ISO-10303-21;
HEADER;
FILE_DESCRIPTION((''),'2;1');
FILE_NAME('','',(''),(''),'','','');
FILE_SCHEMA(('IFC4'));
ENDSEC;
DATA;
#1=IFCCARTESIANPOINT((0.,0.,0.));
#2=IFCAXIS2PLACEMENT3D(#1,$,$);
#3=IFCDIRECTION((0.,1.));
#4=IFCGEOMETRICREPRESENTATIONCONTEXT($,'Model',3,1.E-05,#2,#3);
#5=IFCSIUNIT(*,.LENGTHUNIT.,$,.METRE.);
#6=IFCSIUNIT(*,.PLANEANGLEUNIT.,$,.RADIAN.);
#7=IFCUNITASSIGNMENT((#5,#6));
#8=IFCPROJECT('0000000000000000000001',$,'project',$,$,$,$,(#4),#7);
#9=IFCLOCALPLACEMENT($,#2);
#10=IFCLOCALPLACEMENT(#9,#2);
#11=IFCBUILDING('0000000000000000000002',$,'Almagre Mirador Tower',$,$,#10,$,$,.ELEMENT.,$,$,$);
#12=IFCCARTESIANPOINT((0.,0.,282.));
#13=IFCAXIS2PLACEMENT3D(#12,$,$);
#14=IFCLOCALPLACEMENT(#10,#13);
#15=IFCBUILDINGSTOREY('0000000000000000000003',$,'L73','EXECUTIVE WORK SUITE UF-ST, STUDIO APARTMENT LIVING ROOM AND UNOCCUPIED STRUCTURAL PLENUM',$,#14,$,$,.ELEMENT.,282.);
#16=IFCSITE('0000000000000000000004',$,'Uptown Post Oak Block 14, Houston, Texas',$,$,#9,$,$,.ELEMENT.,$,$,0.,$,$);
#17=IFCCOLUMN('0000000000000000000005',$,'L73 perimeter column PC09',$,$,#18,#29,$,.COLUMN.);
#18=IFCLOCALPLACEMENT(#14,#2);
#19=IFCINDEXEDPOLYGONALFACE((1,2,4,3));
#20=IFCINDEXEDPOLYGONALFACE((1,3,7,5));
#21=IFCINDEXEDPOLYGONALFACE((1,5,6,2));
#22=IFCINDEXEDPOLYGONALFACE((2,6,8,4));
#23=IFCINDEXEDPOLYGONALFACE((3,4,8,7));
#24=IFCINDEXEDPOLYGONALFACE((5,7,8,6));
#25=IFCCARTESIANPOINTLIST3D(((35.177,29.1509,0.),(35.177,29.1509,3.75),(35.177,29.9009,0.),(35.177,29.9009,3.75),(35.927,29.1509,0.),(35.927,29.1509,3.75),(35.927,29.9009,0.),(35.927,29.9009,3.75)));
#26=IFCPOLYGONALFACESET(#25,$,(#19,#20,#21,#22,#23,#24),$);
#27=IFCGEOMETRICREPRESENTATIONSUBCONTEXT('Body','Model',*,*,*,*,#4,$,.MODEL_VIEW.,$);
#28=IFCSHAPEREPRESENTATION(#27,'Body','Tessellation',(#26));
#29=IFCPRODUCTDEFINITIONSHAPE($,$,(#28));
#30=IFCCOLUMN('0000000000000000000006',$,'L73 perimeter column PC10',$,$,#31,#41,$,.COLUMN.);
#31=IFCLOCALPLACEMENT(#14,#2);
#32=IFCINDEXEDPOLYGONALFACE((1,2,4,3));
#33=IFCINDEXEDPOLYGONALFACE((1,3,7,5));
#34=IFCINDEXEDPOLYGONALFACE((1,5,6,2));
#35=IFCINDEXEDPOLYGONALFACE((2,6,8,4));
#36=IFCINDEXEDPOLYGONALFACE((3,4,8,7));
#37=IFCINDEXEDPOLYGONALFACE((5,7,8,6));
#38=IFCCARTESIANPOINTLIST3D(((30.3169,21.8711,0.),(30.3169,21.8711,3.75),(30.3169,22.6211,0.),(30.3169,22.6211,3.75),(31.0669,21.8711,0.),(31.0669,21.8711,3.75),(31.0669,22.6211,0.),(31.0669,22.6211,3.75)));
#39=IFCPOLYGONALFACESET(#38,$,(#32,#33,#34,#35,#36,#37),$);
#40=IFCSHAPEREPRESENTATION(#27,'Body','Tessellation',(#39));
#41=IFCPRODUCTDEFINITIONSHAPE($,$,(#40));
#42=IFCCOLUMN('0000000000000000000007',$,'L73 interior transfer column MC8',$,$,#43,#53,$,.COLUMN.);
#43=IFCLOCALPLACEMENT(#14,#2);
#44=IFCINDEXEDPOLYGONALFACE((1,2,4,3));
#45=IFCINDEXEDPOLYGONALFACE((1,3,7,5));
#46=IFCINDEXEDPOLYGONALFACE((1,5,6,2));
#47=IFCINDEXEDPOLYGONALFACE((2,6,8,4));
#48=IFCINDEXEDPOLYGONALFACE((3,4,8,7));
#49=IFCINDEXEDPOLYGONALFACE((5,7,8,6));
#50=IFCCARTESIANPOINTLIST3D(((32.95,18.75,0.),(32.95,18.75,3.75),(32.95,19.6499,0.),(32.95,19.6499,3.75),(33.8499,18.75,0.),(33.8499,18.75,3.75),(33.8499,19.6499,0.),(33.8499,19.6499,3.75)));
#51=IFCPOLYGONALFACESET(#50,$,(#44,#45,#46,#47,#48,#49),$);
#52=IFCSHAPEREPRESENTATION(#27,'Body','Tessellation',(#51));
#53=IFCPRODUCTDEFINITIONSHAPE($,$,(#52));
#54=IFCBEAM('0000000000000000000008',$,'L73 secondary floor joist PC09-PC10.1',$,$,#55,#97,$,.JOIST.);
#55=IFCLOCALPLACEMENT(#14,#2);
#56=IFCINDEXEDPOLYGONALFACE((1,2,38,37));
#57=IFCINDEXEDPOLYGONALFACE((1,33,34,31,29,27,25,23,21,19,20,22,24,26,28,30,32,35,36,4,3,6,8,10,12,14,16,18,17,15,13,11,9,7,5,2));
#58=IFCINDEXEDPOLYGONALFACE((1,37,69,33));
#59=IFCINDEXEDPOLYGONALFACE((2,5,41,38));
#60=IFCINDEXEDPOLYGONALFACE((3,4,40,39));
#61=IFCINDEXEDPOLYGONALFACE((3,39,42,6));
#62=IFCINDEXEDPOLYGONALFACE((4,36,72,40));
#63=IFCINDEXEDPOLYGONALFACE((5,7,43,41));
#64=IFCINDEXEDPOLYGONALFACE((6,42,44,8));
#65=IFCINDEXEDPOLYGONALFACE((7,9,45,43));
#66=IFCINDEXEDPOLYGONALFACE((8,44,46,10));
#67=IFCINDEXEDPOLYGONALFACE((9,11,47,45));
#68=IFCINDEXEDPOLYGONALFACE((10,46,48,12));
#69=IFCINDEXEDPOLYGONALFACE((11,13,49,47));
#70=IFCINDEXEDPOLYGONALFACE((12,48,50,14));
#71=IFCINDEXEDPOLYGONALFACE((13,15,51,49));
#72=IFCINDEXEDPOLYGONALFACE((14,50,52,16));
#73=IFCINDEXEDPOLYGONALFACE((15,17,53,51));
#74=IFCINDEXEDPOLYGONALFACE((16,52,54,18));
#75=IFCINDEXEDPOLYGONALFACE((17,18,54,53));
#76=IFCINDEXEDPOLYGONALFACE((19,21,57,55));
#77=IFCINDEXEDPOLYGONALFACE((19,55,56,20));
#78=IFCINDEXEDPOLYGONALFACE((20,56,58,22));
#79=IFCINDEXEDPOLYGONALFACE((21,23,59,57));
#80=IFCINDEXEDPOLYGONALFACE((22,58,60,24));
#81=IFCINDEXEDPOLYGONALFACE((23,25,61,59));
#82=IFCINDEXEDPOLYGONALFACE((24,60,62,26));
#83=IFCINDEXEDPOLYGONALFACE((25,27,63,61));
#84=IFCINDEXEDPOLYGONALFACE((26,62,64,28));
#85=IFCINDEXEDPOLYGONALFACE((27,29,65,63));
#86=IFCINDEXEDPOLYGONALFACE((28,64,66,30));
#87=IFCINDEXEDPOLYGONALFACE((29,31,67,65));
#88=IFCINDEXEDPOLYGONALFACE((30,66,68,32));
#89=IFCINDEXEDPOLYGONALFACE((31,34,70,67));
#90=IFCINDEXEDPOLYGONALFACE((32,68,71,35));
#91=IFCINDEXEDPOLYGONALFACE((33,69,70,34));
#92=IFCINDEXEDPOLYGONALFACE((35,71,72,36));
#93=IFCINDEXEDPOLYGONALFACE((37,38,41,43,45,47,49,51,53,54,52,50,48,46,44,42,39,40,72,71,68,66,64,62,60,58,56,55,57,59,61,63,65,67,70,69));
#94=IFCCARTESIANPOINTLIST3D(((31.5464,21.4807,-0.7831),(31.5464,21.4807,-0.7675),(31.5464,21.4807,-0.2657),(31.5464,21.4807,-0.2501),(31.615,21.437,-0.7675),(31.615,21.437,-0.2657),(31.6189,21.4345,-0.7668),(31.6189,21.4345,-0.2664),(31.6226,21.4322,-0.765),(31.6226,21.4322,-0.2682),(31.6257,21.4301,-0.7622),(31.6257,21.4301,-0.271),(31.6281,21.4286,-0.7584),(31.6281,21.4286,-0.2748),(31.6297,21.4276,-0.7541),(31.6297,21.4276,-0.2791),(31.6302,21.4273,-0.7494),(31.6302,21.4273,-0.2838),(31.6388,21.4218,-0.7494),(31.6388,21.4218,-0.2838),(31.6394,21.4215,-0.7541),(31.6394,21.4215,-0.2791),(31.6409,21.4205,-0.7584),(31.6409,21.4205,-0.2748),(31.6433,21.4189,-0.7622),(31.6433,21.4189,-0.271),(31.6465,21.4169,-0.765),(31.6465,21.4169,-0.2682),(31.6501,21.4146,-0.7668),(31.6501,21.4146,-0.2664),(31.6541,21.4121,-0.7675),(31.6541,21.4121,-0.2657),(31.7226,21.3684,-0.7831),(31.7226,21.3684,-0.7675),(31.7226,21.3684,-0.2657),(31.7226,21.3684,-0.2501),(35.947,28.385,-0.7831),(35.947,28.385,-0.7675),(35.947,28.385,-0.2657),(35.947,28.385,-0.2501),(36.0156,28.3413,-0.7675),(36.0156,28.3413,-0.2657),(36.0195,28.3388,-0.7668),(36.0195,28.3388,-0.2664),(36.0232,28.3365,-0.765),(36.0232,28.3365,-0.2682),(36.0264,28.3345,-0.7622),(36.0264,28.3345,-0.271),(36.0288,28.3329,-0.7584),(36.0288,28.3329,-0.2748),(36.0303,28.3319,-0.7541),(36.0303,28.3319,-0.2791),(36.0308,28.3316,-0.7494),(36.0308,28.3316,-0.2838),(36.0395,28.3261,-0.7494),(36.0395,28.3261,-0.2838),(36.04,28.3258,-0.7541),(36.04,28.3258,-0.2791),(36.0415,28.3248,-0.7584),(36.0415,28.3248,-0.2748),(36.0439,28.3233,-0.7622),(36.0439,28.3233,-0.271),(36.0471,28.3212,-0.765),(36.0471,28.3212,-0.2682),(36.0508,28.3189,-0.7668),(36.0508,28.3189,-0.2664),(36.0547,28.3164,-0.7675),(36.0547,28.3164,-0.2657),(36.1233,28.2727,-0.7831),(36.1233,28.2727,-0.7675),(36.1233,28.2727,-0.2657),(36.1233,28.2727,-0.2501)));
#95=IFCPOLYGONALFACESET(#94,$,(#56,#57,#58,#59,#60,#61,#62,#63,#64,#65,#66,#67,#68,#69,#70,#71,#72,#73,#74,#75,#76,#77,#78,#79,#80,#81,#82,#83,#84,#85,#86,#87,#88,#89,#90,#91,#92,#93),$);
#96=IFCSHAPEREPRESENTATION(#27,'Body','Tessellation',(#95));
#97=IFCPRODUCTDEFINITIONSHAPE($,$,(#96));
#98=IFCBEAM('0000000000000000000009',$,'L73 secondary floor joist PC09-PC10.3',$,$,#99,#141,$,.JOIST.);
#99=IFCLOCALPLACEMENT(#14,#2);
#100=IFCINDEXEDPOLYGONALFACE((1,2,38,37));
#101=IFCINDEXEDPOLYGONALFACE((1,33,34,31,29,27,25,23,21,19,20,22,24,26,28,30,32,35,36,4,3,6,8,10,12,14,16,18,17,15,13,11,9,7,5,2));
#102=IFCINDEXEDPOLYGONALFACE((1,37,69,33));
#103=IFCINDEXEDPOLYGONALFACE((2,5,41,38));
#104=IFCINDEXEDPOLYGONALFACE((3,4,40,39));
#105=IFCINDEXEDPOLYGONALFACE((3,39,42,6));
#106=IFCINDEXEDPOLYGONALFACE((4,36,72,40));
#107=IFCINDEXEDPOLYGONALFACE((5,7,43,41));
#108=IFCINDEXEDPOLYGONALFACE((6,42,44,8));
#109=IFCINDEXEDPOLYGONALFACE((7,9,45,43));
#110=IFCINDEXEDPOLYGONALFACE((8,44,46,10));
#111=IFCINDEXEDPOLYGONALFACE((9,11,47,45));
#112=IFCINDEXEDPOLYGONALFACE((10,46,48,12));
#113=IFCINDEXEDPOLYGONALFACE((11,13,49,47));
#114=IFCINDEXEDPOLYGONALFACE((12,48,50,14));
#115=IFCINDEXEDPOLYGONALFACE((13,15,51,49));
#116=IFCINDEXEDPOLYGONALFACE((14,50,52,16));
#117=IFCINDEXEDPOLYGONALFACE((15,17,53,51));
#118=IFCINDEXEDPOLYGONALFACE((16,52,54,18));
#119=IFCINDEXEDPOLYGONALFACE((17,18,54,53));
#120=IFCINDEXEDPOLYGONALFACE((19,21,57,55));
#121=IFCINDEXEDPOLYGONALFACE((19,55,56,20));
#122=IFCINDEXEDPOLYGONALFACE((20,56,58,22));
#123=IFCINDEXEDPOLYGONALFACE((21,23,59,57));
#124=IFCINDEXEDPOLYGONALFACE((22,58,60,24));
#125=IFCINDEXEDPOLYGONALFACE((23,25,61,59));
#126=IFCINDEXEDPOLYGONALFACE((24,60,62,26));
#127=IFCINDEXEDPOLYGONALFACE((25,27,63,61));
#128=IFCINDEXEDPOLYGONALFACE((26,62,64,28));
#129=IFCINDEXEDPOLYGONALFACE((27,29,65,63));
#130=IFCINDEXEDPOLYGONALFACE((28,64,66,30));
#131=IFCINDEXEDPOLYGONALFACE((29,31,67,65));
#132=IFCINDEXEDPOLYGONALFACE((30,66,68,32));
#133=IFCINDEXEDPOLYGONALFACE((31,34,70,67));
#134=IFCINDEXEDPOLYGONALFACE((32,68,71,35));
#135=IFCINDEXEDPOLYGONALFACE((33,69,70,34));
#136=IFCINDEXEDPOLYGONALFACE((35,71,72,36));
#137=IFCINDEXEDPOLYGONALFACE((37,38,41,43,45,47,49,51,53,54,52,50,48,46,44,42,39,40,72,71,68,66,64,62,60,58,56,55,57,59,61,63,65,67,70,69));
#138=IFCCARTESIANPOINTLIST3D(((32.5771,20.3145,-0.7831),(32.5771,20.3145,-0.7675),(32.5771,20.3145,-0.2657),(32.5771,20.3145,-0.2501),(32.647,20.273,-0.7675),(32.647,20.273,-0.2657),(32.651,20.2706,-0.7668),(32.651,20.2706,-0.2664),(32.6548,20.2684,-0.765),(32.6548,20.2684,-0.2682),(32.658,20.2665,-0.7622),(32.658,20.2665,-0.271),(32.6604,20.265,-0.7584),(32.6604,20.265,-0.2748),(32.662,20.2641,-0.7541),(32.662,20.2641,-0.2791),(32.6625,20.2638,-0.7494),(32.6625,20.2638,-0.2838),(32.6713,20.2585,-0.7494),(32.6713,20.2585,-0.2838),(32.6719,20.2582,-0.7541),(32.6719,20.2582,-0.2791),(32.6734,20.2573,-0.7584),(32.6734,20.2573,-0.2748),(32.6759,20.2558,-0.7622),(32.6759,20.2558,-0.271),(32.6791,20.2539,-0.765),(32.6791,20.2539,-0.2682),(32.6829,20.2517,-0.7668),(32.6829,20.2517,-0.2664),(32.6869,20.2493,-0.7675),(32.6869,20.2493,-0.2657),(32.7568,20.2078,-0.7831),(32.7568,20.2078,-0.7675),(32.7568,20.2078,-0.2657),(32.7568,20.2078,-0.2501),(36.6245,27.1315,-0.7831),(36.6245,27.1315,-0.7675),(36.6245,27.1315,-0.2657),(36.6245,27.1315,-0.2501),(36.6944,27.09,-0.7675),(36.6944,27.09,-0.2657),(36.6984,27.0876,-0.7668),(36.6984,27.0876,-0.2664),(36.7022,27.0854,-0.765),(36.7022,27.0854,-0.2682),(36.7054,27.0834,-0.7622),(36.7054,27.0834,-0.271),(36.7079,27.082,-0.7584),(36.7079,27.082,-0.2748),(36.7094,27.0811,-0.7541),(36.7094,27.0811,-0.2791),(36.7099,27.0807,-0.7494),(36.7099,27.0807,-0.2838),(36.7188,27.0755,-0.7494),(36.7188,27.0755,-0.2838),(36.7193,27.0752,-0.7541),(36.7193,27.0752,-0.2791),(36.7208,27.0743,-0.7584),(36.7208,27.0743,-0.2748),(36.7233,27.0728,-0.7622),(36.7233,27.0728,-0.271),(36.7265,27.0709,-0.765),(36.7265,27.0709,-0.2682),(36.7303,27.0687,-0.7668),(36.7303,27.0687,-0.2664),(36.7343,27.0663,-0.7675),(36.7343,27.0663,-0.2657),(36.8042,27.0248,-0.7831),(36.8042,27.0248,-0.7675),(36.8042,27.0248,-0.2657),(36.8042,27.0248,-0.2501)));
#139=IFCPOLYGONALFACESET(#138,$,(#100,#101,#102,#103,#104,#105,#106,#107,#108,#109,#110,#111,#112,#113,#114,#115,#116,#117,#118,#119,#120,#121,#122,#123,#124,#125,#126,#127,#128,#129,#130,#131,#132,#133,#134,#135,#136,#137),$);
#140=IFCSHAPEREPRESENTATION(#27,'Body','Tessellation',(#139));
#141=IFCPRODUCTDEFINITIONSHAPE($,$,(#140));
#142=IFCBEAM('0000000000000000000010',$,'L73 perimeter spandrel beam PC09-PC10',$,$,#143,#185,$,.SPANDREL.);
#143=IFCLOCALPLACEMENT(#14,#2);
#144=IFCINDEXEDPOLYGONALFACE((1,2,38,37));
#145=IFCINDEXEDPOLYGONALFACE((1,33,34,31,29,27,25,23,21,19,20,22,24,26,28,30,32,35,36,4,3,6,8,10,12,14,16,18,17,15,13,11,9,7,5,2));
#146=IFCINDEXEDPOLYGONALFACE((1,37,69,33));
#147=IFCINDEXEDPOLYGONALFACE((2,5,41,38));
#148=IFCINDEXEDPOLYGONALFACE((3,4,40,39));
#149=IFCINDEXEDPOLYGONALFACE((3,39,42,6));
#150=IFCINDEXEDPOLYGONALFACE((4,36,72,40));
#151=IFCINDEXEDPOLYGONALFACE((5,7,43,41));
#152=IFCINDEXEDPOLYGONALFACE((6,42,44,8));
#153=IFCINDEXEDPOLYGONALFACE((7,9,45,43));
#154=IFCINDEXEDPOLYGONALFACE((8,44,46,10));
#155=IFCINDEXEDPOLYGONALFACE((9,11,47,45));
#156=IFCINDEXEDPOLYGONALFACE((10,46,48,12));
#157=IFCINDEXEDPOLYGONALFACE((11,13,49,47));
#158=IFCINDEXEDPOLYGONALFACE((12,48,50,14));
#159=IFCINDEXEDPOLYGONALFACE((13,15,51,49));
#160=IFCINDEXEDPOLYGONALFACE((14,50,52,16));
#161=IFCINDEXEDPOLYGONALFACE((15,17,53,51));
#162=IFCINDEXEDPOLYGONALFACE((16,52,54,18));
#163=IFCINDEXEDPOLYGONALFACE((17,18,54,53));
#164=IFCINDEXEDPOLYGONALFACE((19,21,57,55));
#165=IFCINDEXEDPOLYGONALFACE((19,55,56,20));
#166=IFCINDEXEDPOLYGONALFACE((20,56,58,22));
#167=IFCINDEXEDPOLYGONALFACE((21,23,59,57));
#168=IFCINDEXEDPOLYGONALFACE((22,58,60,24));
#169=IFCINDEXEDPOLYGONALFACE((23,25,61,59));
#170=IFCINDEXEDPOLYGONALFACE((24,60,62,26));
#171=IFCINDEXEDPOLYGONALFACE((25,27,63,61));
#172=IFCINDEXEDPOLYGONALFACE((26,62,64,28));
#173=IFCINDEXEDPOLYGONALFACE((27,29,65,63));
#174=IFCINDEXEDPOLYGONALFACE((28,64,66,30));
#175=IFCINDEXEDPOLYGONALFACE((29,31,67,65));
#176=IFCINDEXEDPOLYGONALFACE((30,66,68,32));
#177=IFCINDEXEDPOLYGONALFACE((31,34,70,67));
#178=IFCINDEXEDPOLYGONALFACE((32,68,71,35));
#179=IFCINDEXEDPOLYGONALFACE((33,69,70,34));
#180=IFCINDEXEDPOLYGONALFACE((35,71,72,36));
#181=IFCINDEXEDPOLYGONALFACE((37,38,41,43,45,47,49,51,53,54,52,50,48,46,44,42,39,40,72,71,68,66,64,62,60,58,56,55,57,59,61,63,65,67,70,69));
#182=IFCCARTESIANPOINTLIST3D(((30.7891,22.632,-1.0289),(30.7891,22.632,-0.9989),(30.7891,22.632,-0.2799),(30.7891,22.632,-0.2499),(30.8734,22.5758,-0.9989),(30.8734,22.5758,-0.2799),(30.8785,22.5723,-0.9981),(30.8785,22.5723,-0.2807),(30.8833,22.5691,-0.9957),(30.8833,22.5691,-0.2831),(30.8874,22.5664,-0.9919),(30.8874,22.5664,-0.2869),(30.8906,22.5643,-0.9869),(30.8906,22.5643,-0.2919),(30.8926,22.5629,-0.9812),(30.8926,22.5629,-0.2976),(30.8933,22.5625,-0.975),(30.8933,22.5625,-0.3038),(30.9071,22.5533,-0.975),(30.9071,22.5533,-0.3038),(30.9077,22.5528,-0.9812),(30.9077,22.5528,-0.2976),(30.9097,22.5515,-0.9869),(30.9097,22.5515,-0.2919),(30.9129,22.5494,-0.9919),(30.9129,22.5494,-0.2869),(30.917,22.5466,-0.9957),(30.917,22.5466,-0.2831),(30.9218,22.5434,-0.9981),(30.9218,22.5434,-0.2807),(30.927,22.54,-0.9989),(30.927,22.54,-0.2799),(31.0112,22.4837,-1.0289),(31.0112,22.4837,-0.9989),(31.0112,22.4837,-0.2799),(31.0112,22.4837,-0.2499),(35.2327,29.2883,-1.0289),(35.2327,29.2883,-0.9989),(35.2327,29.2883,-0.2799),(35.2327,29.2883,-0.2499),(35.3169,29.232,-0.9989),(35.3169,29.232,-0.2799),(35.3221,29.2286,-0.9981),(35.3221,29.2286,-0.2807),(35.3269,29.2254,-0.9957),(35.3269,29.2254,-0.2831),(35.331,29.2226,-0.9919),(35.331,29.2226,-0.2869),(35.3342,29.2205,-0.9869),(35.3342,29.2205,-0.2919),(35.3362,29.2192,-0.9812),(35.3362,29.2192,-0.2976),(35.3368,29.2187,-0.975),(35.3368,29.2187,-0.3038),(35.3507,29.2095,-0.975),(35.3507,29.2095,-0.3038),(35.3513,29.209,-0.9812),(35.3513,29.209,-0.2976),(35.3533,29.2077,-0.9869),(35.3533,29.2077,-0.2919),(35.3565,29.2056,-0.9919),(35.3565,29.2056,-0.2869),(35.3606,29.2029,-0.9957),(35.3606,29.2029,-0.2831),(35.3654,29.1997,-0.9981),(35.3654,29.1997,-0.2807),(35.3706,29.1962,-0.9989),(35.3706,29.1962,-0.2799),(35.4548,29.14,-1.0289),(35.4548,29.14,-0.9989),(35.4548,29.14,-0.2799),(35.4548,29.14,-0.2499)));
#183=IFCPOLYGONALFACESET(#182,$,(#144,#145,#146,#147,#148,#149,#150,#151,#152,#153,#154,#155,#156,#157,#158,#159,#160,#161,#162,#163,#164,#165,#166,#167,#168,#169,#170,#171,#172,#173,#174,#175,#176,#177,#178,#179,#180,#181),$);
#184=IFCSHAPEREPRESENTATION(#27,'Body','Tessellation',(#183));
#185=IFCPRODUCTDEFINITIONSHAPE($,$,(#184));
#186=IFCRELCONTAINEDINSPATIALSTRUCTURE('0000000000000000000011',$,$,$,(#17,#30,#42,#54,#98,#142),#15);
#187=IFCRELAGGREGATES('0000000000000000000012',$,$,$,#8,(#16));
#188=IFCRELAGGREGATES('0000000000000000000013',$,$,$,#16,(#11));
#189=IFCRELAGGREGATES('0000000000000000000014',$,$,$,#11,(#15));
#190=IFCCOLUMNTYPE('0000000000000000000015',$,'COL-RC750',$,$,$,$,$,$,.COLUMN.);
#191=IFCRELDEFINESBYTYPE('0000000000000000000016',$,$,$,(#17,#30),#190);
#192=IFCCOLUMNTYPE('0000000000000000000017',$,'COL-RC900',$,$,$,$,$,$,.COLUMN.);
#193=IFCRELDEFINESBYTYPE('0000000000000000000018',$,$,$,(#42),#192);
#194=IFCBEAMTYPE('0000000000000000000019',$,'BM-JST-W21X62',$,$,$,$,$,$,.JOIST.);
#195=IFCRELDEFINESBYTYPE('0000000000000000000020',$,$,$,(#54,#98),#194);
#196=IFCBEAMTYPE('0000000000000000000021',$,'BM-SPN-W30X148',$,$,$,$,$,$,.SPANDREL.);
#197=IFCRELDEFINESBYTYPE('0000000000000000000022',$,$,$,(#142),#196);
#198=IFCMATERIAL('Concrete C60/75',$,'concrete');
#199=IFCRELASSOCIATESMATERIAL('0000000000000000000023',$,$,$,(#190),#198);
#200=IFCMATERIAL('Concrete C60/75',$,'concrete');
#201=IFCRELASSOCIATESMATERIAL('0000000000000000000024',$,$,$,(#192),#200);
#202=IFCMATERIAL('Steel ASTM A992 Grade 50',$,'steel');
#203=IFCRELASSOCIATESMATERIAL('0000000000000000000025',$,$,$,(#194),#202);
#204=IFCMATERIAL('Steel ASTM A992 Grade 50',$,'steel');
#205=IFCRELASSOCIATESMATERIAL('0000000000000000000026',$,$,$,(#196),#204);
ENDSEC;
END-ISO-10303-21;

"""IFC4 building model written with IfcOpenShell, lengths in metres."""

from ifc_helpers import new_model, si_unit, direction, frame, origin, origin_2d, place, context, subcontext, project, spatial, rectangle, i_section, extrude, material, material_profile, profile_set, type_object, element, save


model = new_model("IFC4")

# Units and contexts
model_context = context("Model", 3, precision=1e-05, world=origin(), true_north=direction((0.0, 1.0)))
body_context = subcontext(model_context, "Body", "Model", "MODEL_VIEW")
ifc_project = project(units=[si_unit("LENGTHUNIT", "METRE"), si_unit("PLANEANGLEUNIT", "RADIAN")], contexts=[model_context])

# Site, building, storey
site_placement = place(None, origin())
site = spatial("IfcSite", under=ifc_project, at=site_placement, Name="Uptown Post Oak Block 14, Houston, Texas", CompositionType="ELEMENT", RefElevation=0.0)
building_placement = place(site_placement, origin())
building = spatial("IfcBuilding", under=site, at=building_placement, Name="Almagre Mirador Tower", CompositionType="ELEMENT")
storey_placement = place(building_placement, frame((0.0, 0.0, 282.0)))
storey = spatial("IfcBuildingStorey", under=building, at=storey_placement, Name="L73", Description="EXECUTIVE WORK SUITE UF-ST, STUDIO APARTMENT LIVING ROOM AND UNOCCUPIED STRUCTURAL PLENUM", CompositionType="ELEMENT", Elevation=282.0)

# Columns
ifc_material_1 = material(Name="Concrete C60/75", Category="concrete")
ifc_material_profile_1 = material_profile(ifc_material_1, rectangle(XDim=0.75, YDim=0.75, at=origin_2d()), Name="RC750X750")
ifc_profile_set_1 = profile_set([ifc_material_profile_1], Name="Concrete C60/75")
column_type_1 = type_object("IfcColumnType", Name="COL-RC750", PredefinedType="COLUMN", material=ifc_profile_set_1)
for number, where, z_axis, x_axis, name in (
    (1, (35.552, 29.5259, 0.0), (0.0, 0.0, 1.0), (1.0, 0.0, 0.0), "L73 perimeter column PC09"),
    (2, (30.6919, 22.2461, 0.0), (0.0, 0.0, 1.0), (1.0, 0.0, 0.0), "L73 perimeter column PC10"),
):
    element("IfcColumn", number, at=place(storey_placement, frame(where, z_axis=z_axis, x_axis=x_axis)), inside=storey, type_object=column_type_1, Name=name, PredefinedType="COLUMN", context=body_context, shape_type="SweptSolid", body=[
        extrude(rectangle(XDim=0.75, YDim=0.75, at=origin_2d()), origin(), (0.0, 0.0, 1.0), 3.75),
    ])
ifc_material_2 = material(Name="Concrete C60/75", Category="concrete")
ifc_material_profile_2 = material_profile(ifc_material_2, rectangle(XDim=0.8999, YDim=0.8999, at=origin_2d()), Name="RC900X900")
ifc_profile_set_2 = profile_set([ifc_material_profile_2], Name="Concrete C60/75")
column_type_2 = type_object("IfcColumnType", Name="COL-RC900", PredefinedType="COLUMN", material=ifc_profile_set_2)
column_placement = place(storey_placement, frame((33.3999, 19.2, 0.0), z_axis=(0.0, 0.0, 1.0), x_axis=(1.0, 0.0, 0.0)))
element("IfcColumn", 3, at=column_placement, inside=storey, type_object=column_type_2, Name="L73 interior transfer column MC8", PredefinedType="COLUMN", context=body_context, shape_type="SweptSolid", body=[
    extrude(rectangle(XDim=0.8999, YDim=0.8999, at=origin_2d()), origin(), (0.0, 0.0, 1.0), 3.75),
])

# Beams
ifc_material_3 = material(Name="Steel ASTM A992 Grade 50", Category="steel")
ifc_material_profile_3 = material_profile(ifc_material_3, i_section(OverallWidth=0.209, OverallDepth=0.533, WebThickness=0.0103, FlangeThickness=0.0156, FilletRadius=0.0181, at=origin_2d()), Name="W21X62")
ifc_profile_set_3 = profile_set([ifc_material_profile_3], Name="Steel ASTM A992 Grade 50")
beam_type_1 = type_object("IfcBeamType", Name="BM-JST-W21X62", PredefinedType="JOIST", material=ifc_profile_set_3)
beam_1_placement = place(storey_placement, frame((36.0352, 28.3289, -0.5166), z_axis=(-0.537483, -0.843275, 0.0), x_axis=(0.843275, -0.537483, 0.0)))
element("IfcBeam", 4, at=beam_1_placement, inside=storey, type_object=beam_type_1, Name="L73 secondary floor joist PC09-PC10.1", PredefinedType="JOIST", context=body_context, shape_type="SweptSolid", body=[
    extrude(i_section(OverallWidth=0.209, OverallDepth=0.533, WebThickness=0.0103, FlangeThickness=0.0156, FilletRadius=0.0181, at=origin_2d()), origin(), (0.0, 0.0, 1.0), 8.1875),
])
beam_2_placement = place(storey_placement, frame((36.7144, 27.0781, -0.5166), z_axis=(-0.510523, -0.859864, 0.0), x_axis=(0.859864, -0.510523, 0.0)))
element("IfcBeam", 5, at=beam_2_placement, inside=storey, type_object=beam_type_1, Name="L73 secondary floor joist PC09-PC10.3", PredefinedType="JOIST", context=body_context, shape_type="SweptSolid", body=[
    extrude(i_section(OverallWidth=0.209, OverallDepth=0.533, WebThickness=0.0103, FlangeThickness=0.0156, FilletRadius=0.0181, at=origin_2d()), origin(), (0.0, 0.0, 1.0), 7.928),
])
ifc_material_4 = material(Name="Steel ASTM A992 Grade 50", Category="steel")
ifc_material_profile_4 = material_profile(ifc_material_4, i_section(OverallWidth=0.2671, OverallDepth=0.7791, WebThickness=0.0166, FlangeThickness=0.03, FilletRadius=0.0239, at=origin_2d()), Name="W30X148")
ifc_profile_set_4 = profile_set([ifc_material_profile_4], Name="Steel ASTM A992 Grade 50")
beam_type_2 = type_object("IfcBeamType", Name="BM-SPN-W30X148", PredefinedType="SPANDREL", material=ifc_profile_set_4)
beam_3_placement = place(storey_placement, frame((35.3438, 29.2141, -0.6394), z_axis=(-0.555228, -0.831698, 0.0), x_axis=(0.831698, -0.555228, 0.0)))
element("IfcBeam", 6, at=beam_3_placement, inside=storey, type_object=beam_type_2, Name="L73 perimeter spandrel beam PC09-PC10", PredefinedType="SPANDREL", context=body_context, shape_type="SweptSolid", body=[
    extrude(i_section(OverallWidth=0.2671, OverallDepth=0.7791, WebThickness=0.0166, FlangeThickness=0.03, FilletRadius=0.0239, at=origin_2d()), origin(), (0.0, 0.0, 1.0), 8.0032),
])

save(model, "model.ifc")
